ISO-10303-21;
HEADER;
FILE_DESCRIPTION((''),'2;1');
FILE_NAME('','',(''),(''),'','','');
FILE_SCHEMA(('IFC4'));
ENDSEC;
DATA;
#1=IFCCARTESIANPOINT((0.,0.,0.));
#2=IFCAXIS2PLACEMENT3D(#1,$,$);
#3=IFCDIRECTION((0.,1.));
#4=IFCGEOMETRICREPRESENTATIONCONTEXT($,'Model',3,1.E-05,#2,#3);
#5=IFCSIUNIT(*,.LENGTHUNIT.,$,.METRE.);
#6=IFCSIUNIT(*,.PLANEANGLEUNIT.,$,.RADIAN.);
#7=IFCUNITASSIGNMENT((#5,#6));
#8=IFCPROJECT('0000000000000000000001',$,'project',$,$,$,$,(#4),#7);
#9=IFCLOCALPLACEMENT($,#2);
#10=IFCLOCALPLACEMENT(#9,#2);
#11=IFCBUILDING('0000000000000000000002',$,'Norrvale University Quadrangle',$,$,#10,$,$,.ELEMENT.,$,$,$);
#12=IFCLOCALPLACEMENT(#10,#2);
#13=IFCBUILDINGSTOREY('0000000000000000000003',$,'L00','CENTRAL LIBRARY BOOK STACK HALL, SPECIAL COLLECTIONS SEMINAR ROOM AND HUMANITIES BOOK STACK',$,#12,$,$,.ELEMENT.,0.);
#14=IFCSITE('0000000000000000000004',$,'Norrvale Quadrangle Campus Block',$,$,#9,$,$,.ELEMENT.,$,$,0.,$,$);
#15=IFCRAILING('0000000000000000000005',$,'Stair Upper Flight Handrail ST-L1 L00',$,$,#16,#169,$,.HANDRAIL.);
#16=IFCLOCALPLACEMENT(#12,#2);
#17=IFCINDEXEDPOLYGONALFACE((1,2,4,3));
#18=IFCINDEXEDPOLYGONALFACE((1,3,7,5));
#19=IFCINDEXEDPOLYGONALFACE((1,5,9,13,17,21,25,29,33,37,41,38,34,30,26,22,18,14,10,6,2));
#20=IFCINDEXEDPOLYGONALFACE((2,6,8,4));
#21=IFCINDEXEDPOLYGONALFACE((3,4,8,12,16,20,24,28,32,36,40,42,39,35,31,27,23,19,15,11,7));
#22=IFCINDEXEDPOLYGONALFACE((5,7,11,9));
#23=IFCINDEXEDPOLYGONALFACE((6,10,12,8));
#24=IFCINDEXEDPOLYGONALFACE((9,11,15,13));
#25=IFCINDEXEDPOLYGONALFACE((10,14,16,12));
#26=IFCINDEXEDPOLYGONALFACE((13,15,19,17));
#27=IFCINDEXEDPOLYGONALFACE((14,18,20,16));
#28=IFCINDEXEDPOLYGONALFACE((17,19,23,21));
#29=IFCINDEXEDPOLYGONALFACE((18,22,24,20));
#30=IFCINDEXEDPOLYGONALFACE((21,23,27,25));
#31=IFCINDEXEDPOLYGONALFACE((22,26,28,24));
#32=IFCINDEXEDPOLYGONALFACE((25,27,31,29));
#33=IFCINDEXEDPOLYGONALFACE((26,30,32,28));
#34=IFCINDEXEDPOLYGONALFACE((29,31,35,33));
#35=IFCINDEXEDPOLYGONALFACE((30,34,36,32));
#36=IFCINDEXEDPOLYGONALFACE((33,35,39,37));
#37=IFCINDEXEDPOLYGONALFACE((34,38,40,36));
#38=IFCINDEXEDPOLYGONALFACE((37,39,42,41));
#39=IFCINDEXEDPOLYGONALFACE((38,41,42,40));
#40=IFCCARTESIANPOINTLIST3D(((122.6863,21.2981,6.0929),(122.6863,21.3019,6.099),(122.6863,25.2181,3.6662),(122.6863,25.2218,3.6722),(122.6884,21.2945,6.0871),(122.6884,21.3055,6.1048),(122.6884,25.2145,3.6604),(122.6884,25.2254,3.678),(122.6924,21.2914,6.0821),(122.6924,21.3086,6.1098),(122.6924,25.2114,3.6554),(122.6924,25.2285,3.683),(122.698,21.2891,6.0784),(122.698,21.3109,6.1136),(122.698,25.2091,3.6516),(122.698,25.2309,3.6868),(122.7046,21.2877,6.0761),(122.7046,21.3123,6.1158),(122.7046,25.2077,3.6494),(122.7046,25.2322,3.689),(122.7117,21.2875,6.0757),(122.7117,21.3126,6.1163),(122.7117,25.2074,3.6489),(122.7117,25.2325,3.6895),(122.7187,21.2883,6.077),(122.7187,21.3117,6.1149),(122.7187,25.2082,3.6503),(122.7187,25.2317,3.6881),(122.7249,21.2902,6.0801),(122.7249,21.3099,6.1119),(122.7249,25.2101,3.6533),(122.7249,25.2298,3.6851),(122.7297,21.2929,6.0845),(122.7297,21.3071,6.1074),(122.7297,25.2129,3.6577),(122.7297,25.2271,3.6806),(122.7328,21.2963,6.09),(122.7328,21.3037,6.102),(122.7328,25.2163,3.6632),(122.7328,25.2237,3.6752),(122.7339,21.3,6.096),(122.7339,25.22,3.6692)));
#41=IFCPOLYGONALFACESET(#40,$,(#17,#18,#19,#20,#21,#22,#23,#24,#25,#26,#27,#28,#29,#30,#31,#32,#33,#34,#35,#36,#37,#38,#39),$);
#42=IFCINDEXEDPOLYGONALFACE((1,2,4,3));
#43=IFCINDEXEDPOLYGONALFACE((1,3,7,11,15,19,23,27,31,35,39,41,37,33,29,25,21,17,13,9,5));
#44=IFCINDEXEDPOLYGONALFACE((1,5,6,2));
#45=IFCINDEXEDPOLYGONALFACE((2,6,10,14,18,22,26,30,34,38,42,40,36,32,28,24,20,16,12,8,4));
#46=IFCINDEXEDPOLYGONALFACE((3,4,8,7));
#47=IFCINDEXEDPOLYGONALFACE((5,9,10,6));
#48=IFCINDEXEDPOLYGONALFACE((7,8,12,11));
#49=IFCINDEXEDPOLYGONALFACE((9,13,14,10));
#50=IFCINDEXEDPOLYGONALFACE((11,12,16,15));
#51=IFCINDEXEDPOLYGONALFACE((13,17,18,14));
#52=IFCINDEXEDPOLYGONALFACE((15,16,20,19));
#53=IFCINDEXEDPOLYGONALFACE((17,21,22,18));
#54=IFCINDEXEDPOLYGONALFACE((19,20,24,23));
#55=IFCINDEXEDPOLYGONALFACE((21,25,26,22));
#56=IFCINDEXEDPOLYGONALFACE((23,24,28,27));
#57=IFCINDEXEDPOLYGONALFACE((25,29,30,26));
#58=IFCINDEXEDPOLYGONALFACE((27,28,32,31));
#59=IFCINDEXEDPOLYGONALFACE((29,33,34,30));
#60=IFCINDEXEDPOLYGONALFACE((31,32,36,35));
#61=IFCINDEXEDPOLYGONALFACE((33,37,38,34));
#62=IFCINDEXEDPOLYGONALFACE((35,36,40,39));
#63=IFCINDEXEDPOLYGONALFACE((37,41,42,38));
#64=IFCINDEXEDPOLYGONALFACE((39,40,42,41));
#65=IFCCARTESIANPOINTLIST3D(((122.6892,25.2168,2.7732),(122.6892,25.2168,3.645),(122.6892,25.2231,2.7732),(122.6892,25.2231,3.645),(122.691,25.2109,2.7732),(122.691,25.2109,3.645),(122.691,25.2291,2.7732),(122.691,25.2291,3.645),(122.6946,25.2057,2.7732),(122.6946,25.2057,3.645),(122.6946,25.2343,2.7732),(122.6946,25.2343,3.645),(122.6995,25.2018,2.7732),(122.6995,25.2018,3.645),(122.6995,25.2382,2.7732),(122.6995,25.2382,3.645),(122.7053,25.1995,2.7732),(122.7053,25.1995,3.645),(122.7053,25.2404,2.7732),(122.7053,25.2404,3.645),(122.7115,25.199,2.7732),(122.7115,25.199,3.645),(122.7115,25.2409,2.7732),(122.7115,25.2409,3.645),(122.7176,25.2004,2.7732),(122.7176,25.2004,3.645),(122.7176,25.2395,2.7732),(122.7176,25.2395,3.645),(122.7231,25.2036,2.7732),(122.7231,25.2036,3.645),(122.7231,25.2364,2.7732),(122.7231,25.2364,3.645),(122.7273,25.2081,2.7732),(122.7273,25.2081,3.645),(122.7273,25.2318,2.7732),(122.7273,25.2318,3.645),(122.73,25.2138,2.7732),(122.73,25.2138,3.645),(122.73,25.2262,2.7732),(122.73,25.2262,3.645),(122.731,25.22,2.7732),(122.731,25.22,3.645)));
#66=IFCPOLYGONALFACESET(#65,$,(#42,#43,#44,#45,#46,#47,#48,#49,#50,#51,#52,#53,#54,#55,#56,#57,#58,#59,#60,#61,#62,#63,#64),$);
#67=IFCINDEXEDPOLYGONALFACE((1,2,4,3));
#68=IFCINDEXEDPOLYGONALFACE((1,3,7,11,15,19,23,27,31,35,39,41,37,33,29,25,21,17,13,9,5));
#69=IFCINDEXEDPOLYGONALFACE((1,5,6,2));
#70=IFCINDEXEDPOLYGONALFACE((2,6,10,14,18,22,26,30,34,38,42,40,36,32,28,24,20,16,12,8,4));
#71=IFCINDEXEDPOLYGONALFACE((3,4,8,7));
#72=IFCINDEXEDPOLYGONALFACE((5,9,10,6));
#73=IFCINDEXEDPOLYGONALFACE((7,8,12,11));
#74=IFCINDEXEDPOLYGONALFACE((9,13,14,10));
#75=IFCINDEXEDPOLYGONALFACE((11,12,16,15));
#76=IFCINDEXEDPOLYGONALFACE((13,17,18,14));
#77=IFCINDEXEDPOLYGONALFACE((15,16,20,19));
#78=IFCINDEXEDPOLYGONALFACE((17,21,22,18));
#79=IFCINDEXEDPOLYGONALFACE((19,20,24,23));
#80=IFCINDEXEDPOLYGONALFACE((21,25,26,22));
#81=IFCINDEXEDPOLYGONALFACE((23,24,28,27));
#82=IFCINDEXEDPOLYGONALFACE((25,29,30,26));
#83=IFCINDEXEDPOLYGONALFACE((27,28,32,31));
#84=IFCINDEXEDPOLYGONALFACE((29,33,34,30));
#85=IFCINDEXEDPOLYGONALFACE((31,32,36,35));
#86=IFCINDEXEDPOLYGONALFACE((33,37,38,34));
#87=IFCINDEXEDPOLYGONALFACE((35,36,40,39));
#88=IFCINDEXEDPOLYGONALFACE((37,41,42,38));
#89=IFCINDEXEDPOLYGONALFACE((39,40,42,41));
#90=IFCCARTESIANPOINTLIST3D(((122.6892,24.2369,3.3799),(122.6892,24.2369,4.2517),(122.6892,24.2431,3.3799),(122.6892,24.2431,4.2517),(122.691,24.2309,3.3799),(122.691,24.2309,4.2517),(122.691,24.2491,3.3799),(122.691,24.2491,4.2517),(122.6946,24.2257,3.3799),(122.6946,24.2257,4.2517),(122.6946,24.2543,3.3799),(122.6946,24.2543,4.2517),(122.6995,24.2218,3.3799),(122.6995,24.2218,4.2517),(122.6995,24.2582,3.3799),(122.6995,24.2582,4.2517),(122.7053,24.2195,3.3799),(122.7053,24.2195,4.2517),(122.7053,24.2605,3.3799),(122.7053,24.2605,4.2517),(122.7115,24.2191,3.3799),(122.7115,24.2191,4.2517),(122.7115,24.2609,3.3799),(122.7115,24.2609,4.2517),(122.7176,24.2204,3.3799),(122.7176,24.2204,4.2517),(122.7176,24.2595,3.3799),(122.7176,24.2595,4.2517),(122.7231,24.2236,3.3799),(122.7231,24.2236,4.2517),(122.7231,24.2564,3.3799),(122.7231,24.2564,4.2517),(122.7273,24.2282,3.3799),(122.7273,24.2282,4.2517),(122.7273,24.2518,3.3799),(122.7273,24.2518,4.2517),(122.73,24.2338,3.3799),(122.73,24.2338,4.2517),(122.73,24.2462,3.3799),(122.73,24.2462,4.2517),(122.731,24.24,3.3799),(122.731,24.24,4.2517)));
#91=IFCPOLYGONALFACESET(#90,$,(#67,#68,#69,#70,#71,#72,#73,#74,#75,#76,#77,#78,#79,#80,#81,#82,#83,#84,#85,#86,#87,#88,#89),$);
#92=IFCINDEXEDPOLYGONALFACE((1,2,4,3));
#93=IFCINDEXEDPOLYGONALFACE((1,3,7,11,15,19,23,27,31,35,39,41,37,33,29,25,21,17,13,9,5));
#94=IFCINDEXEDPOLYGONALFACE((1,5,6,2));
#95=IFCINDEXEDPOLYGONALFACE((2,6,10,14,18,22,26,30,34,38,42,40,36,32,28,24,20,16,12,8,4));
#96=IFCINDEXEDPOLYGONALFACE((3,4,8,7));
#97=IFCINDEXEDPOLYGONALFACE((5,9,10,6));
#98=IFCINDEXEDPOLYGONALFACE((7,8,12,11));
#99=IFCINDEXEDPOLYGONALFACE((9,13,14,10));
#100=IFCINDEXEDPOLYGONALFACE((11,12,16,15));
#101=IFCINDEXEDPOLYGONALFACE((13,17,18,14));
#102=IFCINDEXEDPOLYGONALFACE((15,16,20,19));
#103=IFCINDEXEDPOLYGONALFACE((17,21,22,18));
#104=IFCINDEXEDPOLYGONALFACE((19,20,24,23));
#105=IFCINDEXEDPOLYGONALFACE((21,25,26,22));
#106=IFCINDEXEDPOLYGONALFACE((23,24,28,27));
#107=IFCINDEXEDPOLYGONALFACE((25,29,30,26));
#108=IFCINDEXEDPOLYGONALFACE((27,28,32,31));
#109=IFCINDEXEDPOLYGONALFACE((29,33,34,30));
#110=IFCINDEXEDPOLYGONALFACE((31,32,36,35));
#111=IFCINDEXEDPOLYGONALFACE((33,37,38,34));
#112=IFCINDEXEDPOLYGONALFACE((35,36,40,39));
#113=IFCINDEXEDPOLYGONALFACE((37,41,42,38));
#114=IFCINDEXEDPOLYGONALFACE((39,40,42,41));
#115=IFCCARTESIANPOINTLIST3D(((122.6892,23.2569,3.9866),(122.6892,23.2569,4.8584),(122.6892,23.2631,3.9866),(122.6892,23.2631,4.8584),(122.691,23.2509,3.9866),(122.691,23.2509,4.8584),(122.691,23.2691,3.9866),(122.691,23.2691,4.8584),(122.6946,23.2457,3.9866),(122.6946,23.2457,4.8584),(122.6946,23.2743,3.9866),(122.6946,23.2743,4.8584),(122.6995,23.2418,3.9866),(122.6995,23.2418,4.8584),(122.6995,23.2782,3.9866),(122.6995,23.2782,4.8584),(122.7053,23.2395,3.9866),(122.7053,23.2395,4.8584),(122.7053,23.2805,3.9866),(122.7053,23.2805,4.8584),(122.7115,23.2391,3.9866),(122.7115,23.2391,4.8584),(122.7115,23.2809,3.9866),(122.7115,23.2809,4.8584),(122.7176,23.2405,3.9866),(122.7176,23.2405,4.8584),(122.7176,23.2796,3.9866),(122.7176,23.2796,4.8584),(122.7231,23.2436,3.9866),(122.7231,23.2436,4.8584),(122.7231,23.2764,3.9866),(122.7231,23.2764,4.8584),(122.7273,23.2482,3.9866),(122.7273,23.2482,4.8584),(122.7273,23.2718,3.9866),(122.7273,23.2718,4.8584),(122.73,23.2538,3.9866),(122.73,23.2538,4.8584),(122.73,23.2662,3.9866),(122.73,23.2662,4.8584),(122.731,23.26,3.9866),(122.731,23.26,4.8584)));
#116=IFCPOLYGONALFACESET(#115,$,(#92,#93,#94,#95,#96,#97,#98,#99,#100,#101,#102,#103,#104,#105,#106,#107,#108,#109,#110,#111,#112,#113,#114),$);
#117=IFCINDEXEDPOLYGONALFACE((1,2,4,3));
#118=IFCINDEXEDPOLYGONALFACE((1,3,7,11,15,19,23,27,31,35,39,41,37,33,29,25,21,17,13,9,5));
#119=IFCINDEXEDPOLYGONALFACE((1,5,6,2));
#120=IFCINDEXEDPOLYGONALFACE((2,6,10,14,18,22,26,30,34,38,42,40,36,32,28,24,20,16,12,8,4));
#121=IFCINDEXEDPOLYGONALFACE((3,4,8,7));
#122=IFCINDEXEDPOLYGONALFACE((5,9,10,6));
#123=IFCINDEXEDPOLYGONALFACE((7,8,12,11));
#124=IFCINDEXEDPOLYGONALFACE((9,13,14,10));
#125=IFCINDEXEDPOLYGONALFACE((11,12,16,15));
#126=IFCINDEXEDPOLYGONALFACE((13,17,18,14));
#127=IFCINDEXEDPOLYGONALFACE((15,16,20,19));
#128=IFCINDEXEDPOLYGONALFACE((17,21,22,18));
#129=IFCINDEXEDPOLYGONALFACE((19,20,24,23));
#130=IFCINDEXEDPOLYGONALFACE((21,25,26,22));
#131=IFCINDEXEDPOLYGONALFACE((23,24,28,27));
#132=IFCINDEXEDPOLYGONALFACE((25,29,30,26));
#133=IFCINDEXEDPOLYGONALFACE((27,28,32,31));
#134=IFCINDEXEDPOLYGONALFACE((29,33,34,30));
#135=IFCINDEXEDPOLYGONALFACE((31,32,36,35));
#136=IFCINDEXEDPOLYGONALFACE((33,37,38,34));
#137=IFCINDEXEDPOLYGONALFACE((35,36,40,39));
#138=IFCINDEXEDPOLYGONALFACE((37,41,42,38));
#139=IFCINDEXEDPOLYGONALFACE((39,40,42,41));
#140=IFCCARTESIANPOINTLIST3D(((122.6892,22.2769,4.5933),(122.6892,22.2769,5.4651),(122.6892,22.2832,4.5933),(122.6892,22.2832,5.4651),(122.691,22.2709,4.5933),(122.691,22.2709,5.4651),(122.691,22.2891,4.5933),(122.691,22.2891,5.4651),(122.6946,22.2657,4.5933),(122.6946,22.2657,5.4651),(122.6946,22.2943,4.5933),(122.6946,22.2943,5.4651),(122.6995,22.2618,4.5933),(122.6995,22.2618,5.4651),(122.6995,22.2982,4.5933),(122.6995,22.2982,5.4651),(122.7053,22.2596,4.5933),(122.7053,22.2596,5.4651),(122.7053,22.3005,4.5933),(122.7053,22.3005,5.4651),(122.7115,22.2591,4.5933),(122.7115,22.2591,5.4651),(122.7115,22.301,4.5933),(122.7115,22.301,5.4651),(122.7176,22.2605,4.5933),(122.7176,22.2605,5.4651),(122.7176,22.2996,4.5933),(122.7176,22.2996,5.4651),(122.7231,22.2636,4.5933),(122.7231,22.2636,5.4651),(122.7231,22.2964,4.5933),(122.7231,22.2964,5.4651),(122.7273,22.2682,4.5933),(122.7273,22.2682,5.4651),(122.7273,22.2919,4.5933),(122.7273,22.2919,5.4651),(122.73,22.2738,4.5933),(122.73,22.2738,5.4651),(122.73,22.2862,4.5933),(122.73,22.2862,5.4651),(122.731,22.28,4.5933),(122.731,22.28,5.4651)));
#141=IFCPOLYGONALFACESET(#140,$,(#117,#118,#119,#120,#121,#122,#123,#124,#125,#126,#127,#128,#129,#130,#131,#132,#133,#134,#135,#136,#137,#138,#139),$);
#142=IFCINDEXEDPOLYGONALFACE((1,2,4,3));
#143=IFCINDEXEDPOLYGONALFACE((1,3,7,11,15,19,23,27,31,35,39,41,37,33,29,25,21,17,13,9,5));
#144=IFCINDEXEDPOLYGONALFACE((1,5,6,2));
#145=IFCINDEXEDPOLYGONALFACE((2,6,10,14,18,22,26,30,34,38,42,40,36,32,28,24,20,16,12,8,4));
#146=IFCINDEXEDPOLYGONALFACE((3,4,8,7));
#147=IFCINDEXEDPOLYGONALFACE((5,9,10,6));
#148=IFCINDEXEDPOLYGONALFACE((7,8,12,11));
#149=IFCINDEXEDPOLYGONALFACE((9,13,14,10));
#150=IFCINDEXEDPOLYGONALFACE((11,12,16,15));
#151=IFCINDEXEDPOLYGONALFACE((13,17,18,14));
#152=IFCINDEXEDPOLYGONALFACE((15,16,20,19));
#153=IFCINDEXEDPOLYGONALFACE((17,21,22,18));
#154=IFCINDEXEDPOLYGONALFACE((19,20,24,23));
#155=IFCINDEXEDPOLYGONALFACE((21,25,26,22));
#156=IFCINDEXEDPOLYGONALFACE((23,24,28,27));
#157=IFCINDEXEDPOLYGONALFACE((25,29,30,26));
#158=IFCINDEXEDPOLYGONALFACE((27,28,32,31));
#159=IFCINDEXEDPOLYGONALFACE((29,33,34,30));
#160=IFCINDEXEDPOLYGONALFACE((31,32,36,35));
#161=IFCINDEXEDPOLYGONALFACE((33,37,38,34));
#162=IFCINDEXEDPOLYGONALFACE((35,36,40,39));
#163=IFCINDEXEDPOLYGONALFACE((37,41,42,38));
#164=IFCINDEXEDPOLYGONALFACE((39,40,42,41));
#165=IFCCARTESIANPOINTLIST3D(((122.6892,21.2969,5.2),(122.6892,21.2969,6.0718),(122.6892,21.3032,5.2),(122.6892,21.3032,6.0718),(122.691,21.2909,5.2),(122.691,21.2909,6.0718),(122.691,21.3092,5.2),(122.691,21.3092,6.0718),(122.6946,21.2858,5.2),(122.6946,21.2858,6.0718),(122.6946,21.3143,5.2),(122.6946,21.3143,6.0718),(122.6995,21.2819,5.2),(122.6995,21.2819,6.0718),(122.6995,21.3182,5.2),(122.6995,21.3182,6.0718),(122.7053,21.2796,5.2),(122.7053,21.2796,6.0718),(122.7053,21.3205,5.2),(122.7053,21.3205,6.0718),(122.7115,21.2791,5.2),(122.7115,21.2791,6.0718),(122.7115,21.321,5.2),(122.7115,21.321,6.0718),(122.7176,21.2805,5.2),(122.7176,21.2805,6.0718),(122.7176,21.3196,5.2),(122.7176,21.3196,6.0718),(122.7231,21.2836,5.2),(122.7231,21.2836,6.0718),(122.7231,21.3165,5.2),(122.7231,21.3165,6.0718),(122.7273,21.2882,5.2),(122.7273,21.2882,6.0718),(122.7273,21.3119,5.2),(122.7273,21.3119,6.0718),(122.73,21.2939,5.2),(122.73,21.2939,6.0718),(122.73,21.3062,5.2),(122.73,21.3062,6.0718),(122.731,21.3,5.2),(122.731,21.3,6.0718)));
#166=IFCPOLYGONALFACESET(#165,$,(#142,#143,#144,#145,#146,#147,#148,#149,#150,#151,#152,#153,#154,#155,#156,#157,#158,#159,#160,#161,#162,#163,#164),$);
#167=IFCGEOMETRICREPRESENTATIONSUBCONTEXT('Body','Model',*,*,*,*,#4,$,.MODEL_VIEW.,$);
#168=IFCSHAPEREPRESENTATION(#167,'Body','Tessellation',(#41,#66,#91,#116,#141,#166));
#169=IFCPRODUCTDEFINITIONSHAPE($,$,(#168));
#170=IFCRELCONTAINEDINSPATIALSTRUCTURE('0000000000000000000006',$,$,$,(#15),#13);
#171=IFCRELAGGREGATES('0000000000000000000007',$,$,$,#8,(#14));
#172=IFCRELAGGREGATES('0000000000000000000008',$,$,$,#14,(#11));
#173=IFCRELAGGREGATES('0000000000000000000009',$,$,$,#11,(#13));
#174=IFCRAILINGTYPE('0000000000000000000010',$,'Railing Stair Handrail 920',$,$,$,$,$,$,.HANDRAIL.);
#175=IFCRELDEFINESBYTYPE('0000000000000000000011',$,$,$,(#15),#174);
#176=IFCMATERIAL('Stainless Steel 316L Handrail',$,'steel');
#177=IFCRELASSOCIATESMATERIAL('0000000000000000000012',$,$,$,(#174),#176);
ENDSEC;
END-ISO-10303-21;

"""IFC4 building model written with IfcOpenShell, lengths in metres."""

from ifc_helpers import new_model, si_unit, direction, frame, origin, origin_2d, place, context, subcontext, project, spatial, circle, extrude, material, type_object, element, save


model = new_model("IFC4")

# Units and contexts
model_context = context("Model", 3, precision=1e-05, world=origin(), true_north=direction((0.0, 1.0)))
body_context = subcontext(model_context, "Body", "Model", "MODEL_VIEW")
ifc_project = project(units=[si_unit("LENGTHUNIT", "METRE"), si_unit("PLANEANGLEUNIT", "RADIAN")], contexts=[model_context])

# Site, building, storey
site_placement = place(None, origin())
site = spatial("IfcSite", under=ifc_project, at=site_placement, Name="Norrvale Quadrangle Campus Block", CompositionType="ELEMENT", RefElevation=0.0)
building_placement = place(site_placement, origin())
building = spatial("IfcBuilding", under=site, at=building_placement, Name="Norrvale University Quadrangle", CompositionType="ELEMENT")
storey_placement = place(building_placement, origin())
storey = spatial("IfcBuildingStorey", under=building, at=storey_placement, Name="L00", Description="CENTRAL LIBRARY BOOK STACK HALL, SPECIAL COLLECTIONS SEMINAR ROOM AND HUMANITIES BOOK STACK", CompositionType="ELEMENT", Elevation=0.0)

# Railing
ifc_material_1 = material(Name="Stainless Steel 316L Handrail", Category="steel")
railing_type_1 = type_object("IfcRailingType", Name="Railing Stair Handrail 920", PredefinedType="HANDRAIL", material=ifc_material_1)
railing_1_placement = place(storey_placement, frame((122.71, 25.22, 2.7732)))
element("IfcRailing", 1, at=railing_1_placement, inside=storey, type_object=railing_type_1, Name="Stair Upper Flight Handrail ST-L1 L00", PredefinedType="HANDRAIL", context=body_context, shape_type="SweptSolid", body=[
    extrude(circle(Radius=0.0239, at=origin_2d()), frame((0.0, 0.0, 0.896), z_axis=(0.0, -0.850252, 0.526376), x_axis=(1.0, 0.0, 0.0)), (0.0, 0.0, 1.0), 4.6104),
    extrude(circle(Radius=0.021, at=origin_2d()), origin(), (0.0, 0.0, 1.0), 0.8718),
    extrude(circle(Radius=0.021, at=origin_2d()), frame((0.0, -0.98, 0.6067)), (0.0, 0.0, 1.0), 0.8718),
    extrude(circle(Radius=0.021, at=origin_2d()), frame((0.0, -1.96, 1.2134)), (0.0, 0.0, 1.0), 0.8718),
    extrude(circle(Radius=0.021, at=origin_2d()), frame((0.0, -2.9399, 1.8201)), (0.0, 0.0, 1.0), 0.8718),
    extrude(circle(Radius=0.021, at=origin_2d()), frame((0.0, -3.9199, 2.4268)), (0.0, 0.0, 1.0), 0.8718),
])

save(model, "model.ifc")
